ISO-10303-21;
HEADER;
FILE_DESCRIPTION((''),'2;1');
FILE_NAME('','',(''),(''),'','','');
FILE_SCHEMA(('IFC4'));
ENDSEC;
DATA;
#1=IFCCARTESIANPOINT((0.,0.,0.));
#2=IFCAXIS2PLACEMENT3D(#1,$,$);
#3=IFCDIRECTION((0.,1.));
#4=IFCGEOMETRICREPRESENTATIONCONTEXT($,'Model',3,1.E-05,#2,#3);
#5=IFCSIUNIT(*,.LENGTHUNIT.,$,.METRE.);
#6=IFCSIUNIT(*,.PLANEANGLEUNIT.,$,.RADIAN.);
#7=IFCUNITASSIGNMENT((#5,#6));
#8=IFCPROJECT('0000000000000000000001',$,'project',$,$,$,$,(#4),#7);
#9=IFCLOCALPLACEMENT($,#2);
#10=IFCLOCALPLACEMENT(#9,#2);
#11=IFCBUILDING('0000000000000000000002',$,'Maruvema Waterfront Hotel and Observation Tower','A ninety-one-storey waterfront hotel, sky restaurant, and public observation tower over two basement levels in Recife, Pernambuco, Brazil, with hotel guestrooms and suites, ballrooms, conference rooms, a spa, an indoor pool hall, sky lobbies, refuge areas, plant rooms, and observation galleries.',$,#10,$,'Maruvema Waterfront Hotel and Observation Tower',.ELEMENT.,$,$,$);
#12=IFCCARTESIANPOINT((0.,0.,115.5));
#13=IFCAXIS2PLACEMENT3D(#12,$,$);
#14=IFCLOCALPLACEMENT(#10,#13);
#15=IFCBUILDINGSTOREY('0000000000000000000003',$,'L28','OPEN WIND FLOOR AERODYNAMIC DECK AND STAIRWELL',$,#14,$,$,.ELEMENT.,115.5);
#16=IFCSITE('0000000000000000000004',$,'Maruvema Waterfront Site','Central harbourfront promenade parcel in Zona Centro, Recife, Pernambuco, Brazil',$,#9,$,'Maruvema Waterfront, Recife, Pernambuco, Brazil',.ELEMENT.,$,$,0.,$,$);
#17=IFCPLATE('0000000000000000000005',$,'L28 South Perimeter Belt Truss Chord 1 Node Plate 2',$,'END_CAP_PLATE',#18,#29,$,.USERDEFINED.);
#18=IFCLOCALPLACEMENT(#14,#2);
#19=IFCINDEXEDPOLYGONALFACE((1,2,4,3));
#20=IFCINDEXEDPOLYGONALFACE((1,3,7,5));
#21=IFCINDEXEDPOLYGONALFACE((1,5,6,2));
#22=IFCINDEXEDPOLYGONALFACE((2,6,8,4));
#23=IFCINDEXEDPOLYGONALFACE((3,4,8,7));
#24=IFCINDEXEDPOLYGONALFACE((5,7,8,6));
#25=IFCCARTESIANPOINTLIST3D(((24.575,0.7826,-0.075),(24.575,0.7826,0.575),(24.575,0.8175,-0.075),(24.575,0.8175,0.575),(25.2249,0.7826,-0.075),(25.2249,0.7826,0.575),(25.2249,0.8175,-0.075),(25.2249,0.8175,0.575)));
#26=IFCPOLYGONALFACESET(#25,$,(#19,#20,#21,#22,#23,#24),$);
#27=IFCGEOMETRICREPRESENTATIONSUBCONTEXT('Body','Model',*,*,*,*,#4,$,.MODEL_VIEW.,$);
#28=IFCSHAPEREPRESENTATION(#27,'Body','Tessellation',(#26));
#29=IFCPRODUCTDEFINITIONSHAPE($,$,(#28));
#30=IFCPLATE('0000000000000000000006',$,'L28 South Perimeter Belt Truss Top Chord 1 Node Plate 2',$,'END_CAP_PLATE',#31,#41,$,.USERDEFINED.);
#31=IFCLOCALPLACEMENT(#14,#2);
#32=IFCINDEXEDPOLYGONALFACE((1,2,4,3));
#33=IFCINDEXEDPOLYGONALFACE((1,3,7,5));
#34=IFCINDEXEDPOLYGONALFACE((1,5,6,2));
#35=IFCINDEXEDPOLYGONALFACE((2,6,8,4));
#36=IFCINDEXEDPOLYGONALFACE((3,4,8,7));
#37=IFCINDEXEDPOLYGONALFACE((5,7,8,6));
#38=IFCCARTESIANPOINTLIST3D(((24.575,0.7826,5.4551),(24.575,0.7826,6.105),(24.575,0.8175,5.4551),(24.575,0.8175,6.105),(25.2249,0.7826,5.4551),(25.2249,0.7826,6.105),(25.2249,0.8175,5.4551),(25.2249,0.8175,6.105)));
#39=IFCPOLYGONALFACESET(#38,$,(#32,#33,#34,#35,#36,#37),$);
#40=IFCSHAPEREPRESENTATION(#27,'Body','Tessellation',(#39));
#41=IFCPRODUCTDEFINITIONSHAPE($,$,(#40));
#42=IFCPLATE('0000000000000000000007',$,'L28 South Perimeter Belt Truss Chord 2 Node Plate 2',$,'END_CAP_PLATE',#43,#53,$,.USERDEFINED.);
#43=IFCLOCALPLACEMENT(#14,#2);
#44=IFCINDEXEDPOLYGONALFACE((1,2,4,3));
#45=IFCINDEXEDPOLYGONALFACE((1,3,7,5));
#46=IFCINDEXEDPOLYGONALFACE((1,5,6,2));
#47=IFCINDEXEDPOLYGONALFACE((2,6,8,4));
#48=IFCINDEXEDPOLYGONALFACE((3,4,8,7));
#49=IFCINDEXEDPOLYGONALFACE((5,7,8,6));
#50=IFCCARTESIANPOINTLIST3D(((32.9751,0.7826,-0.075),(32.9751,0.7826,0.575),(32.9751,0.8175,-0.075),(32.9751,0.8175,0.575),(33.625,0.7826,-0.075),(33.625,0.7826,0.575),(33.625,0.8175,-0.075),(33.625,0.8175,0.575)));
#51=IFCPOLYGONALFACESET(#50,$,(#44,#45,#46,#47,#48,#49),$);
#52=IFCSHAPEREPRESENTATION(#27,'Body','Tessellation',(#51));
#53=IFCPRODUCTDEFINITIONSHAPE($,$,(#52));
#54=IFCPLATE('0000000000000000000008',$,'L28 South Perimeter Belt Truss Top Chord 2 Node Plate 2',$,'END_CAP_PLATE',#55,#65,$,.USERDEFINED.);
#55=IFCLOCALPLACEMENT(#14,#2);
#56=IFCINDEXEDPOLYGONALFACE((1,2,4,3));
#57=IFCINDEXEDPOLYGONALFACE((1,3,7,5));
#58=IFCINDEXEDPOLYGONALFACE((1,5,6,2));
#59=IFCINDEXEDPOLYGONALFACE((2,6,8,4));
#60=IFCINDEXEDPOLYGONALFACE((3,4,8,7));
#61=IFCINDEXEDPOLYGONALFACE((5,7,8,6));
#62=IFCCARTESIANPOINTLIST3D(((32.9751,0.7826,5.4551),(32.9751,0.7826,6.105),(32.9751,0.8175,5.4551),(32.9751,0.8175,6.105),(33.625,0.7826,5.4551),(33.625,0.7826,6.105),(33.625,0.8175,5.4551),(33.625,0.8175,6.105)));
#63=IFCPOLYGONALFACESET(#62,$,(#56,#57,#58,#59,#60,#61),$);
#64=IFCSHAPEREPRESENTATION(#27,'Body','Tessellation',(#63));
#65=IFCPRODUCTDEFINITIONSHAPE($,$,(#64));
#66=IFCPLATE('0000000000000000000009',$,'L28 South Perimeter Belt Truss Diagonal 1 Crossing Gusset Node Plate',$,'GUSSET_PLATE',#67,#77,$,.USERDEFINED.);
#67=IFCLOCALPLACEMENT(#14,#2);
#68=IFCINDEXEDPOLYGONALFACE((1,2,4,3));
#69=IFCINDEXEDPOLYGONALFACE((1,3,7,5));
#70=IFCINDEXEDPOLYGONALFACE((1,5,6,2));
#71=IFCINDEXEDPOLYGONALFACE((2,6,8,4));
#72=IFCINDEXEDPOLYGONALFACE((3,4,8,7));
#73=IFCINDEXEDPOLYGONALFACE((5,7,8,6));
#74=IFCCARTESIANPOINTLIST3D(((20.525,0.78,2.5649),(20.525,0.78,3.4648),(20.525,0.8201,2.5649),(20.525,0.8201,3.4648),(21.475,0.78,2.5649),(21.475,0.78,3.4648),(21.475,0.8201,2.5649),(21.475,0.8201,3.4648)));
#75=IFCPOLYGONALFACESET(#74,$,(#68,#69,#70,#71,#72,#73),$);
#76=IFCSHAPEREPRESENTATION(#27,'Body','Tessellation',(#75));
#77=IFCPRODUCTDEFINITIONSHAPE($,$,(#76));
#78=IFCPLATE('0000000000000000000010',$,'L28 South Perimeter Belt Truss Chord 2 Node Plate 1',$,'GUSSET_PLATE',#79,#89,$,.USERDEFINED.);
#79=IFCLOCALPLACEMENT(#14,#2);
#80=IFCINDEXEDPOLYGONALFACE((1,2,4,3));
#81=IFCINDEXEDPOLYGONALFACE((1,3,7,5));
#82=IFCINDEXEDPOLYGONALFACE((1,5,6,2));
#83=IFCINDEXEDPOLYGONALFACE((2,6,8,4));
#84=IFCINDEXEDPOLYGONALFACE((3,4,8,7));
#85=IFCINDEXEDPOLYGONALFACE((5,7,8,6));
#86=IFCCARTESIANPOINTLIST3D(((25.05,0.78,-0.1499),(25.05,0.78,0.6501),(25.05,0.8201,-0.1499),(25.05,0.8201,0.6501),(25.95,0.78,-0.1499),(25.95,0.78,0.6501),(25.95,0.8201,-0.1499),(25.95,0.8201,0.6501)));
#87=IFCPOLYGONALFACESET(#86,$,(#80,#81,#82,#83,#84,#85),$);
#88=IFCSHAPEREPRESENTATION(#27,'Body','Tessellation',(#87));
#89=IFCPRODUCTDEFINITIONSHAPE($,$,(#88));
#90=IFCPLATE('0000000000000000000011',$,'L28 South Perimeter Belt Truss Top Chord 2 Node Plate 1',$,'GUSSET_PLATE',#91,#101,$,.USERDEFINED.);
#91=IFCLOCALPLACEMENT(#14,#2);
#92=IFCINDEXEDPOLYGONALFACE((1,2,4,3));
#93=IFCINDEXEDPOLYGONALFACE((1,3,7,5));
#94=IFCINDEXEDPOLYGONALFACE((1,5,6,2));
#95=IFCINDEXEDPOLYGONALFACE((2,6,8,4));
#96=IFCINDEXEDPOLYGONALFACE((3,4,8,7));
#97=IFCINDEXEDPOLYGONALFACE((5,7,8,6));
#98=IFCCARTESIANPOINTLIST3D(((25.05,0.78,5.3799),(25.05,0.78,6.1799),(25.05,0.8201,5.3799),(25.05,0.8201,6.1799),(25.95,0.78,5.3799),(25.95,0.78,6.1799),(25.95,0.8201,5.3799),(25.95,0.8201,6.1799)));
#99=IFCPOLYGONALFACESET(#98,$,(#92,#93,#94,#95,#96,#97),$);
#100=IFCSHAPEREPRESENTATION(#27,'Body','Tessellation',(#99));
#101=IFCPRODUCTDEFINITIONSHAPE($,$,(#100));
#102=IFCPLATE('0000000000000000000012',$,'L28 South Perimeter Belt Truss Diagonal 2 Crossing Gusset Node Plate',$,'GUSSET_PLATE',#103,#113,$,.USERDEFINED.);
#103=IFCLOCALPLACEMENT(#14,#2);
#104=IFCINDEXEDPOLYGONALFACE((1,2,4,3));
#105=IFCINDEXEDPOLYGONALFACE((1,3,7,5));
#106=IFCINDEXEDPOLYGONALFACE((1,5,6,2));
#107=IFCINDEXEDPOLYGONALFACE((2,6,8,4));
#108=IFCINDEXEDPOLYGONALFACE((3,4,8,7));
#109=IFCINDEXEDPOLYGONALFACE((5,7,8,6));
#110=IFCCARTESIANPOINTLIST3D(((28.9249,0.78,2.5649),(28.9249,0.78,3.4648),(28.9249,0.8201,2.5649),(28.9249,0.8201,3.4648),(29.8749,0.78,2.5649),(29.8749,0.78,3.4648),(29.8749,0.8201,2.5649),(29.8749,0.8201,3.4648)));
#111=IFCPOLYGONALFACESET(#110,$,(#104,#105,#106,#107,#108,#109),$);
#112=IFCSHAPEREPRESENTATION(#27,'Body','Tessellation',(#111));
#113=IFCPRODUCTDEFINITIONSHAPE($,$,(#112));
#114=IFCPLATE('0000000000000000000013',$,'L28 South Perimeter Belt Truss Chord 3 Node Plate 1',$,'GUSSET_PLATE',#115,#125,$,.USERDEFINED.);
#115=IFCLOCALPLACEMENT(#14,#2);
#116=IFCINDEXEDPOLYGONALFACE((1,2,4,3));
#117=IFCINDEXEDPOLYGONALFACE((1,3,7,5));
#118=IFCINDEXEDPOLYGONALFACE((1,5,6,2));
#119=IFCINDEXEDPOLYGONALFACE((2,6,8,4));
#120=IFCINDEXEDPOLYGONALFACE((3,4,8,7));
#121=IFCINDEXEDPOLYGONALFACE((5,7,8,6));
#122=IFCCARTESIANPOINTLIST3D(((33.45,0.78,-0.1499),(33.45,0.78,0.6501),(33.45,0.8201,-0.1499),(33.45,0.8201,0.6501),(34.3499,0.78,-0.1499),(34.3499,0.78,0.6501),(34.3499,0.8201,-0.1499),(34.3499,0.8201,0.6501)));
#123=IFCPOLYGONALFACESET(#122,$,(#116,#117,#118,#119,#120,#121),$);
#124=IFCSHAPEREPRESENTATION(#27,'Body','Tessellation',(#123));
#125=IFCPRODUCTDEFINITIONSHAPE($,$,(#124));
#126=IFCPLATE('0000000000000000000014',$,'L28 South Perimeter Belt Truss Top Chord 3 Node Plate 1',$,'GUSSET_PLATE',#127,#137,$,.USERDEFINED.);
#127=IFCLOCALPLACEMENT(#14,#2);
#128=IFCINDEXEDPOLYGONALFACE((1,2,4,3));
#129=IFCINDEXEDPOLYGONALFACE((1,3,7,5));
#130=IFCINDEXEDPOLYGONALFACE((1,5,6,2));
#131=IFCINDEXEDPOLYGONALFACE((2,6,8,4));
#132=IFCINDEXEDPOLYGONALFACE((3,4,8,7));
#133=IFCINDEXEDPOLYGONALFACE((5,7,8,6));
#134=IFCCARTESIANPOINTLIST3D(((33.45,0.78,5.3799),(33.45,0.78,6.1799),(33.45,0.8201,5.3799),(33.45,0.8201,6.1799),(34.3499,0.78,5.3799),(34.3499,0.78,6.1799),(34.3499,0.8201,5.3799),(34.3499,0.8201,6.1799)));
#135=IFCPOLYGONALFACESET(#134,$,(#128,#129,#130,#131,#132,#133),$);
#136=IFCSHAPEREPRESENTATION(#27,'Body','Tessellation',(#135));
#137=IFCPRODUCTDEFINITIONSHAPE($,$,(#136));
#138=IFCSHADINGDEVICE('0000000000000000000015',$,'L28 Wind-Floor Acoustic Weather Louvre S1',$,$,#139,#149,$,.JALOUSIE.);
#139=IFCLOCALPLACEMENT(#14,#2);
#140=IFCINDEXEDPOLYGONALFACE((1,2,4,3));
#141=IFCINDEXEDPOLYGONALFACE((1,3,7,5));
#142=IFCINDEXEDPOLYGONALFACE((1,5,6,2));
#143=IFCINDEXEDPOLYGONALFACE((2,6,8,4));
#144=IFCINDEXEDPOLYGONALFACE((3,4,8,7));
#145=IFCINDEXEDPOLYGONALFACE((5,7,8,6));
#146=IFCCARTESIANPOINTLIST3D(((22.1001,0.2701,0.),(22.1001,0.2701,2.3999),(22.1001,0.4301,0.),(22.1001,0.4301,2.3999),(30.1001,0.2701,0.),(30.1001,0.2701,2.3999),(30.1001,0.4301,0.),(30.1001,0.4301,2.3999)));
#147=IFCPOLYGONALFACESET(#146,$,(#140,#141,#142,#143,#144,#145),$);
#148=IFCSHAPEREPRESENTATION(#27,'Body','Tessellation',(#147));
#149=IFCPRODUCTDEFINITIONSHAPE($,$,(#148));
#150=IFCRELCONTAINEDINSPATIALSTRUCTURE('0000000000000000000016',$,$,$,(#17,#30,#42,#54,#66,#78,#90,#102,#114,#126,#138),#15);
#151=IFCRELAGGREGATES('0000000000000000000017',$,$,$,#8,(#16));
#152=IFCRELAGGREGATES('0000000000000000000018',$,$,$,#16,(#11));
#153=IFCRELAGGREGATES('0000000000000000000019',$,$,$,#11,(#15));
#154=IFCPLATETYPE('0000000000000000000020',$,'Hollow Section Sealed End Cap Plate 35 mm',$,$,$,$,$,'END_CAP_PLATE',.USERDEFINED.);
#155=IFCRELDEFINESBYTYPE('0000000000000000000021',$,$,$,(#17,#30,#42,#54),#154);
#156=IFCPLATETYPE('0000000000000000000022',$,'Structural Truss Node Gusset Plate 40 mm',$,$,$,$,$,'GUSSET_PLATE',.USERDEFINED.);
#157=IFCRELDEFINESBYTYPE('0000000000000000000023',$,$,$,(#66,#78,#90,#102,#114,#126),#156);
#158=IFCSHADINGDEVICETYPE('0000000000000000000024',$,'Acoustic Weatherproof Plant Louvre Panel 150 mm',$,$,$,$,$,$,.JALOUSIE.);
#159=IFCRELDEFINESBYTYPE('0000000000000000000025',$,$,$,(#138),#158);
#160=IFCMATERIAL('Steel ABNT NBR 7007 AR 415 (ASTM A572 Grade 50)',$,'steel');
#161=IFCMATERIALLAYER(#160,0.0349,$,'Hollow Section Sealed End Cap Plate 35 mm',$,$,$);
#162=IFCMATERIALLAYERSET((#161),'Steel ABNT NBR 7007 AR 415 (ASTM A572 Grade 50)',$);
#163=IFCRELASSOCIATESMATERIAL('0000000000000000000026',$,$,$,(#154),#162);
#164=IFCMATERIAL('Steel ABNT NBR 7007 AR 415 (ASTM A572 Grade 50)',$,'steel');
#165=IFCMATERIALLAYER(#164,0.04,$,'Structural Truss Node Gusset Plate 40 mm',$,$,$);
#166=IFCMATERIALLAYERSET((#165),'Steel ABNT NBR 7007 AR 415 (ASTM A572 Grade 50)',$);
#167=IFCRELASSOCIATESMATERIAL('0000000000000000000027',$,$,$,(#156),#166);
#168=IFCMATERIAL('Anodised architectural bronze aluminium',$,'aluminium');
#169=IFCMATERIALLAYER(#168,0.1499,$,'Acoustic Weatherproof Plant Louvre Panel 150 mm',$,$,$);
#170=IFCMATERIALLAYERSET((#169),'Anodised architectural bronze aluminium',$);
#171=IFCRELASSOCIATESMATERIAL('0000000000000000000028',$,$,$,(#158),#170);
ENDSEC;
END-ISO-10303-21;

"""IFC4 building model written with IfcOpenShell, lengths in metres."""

from ifc_helpers import new_model, si_unit, direction, frame, origin, origin_2d, place, context, subcontext, project, spatial, rectangle, extrude, material, layer, layer_set, type_object, element, save


model = new_model("IFC4")

# Units and contexts
model_context = context("Model", 3, precision=1e-05, world=origin(), true_north=direction((0.0, 1.0)))
body_context = subcontext(model_context, "Body", "Model", "MODEL_VIEW")
ifc_project = project(units=[si_unit("LENGTHUNIT", "METRE"), si_unit("PLANEANGLEUNIT", "RADIAN")], contexts=[model_context])

# Site, building, storey
site_placement = place(None, origin())
site = spatial("IfcSite", under=ifc_project, at=site_placement, Name="Maruvema Waterfront Site", Description="Central harbourfront promenade parcel in Zona Centro, Recife, Pernambuco, Brazil", LongName="Maruvema Waterfront, Recife, Pernambuco, Brazil", CompositionType="ELEMENT", RefElevation=0.0)
building_placement = place(site_placement, origin())
building = spatial("IfcBuilding", under=site, at=building_placement, Name="Maruvema Waterfront Hotel and Observation Tower", Description="A ninety-one-storey waterfront hotel, sky restaurant, and public observation tower over two basement levels in Recife, Pernambuco, Brazil, with hotel guestrooms and suites, ballrooms, conference rooms, a spa, an indoor pool hall, sky lobbies, refuge areas, plant rooms, and observation galleries.", LongName="Maruvema Waterfront Hotel and Observation Tower", CompositionType="ELEMENT")
storey_placement = place(building_placement, frame((0.0, 0.0, 115.5)))
storey = spatial("IfcBuildingStorey", under=building, at=storey_placement, Name="L28", Description="OPEN WIND FLOOR AERODYNAMIC DECK AND STAIRWELL", CompositionType="ELEMENT", Elevation=115.5)

# Plates
ifc_material_1 = material(Name="Steel ABNT NBR 7007 AR 415 (ASTM A572 Grade 50)", Category="steel")
ifc_layer_1 = layer(ifc_material_1, 0.0349, Name="Hollow Section Sealed End Cap Plate 35 mm")
ifc_layer_set_1 = layer_set([ifc_layer_1], Name="Steel ABNT NBR 7007 AR 415 (ASTM A572 Grade 50)")
plate_type_1 = type_object("IfcPlateType", Name="Hollow Section Sealed End Cap Plate 35 mm", ElementType="END_CAP_PLATE", PredefinedType="USERDEFINED", material=ifc_layer_set_1)
for number, where, z_axis, x_axis, name in (
    (1, (24.8999, 0.8, -0.075), (0.0, 0.0, 1.0), (1.0, 0.0, 0.0), "L28 South Perimeter Belt Truss Chord 1 Node Plate 2"),
    (2, (24.8999, 0.8, 5.4551), (0.0, 0.0, 1.0), (1.0, 0.0, 0.0), "L28 South Perimeter Belt Truss Top Chord 1 Node Plate 2"),
    (3, (33.3, 0.8, -0.075), (0.0, 0.0, 1.0), (1.0, 0.0, 0.0), "L28 South Perimeter Belt Truss Chord 2 Node Plate 2"),
    (4, (33.3, 0.8, 5.4551), (0.0, 0.0, 1.0), (1.0, 0.0, 0.0), "L28 South Perimeter Belt Truss Top Chord 2 Node Plate 2"),
):
    element("IfcPlate", number, at=place(storey_placement, frame(where, z_axis=z_axis, x_axis=x_axis)), inside=storey, type_object=plate_type_1, Name=name, ObjectType="END_CAP_PLATE", PredefinedType="USERDEFINED", context=body_context, shape_type="SweptSolid", body=[
        extrude(rectangle(XDim=0.6499, YDim=0.0349, at=origin_2d()), origin(), (0.0, 0.0, 1.0), 0.6499),
    ])
ifc_material_2 = material(Name="Steel ABNT NBR 7007 AR 415 (ASTM A572 Grade 50)", Category="steel")
ifc_layer_2 = layer(ifc_material_2, 0.04, Name="Structural Truss Node Gusset Plate 40 mm")
ifc_layer_set_2 = layer_set([ifc_layer_2], Name="Steel ABNT NBR 7007 AR 415 (ASTM A572 Grade 50)")
plate_type_2 = type_object("IfcPlateType", Name="Structural Truss Node Gusset Plate 40 mm", ElementType="GUSSET_PLATE", PredefinedType="USERDEFINED", material=ifc_layer_set_2)
plate_1_placement = place(storey_placement, frame((21.0, 0.8, 2.5649), z_axis=(0.0, 0.0, 1.0), x_axis=(-1.0, 0.0, 0.0)))
element("IfcPlate", 5, at=plate_1_placement, inside=storey, type_object=plate_type_2, Name="L28 South Perimeter Belt Truss Diagonal 1 Crossing Gusset Node Plate", ObjectType="GUSSET_PLATE", PredefinedType="USERDEFINED", context=body_context, shape_type="SweptSolid", body=[
    extrude(rectangle(XDim=0.95, YDim=0.04, at=origin_2d()), origin(), (0.0, 0.0, 1.0), 0.8999),
])
for number, where, z_axis, x_axis, name in (
    (6, (25.5, 0.8, -0.1499), (0.0, 0.0, 1.0), (1.0, 0.0, 0.0), "L28 South Perimeter Belt Truss Chord 2 Node Plate 1"),
    (7, (25.5, 0.8, 5.3799), (0.0, 0.0, 1.0), (1.0, 0.0, 0.0), "L28 South Perimeter Belt Truss Top Chord 2 Node Plate 1"),
):
    element("IfcPlate", number, at=place(storey_placement, frame(where, z_axis=z_axis, x_axis=x_axis)), inside=storey, type_object=plate_type_2, Name=name, ObjectType="GUSSET_PLATE", PredefinedType="USERDEFINED", context=body_context, shape_type="SweptSolid", body=[
        extrude(rectangle(XDim=0.8999, YDim=0.04, at=origin_2d()), origin(), (0.0, 0.0, 1.0), 0.8),
    ])
plate_2_placement = place(storey_placement, frame((29.3999, 0.8, 2.5649), z_axis=(0.0, 0.0, 1.0), x_axis=(-1.0, 0.0, 0.0)))
element("IfcPlate", 8, at=plate_2_placement, inside=storey, type_object=plate_type_2, Name="L28 South Perimeter Belt Truss Diagonal 2 Crossing Gusset Node Plate", ObjectType="GUSSET_PLATE", PredefinedType="USERDEFINED", context=body_context, shape_type="SweptSolid", body=[
    extrude(rectangle(XDim=0.95, YDim=0.04, at=origin_2d()), origin(), (0.0, 0.0, 1.0), 0.8999),
])
for number, where, z_axis, x_axis, name in (
    (9, (33.8999, 0.8, -0.1499), (0.0, 0.0, 1.0), (1.0, 0.0, 0.0), "L28 South Perimeter Belt Truss Chord 3 Node Plate 1"),
    (10, (33.8999, 0.8, 5.3799), (0.0, 0.0, 1.0), (1.0, 0.0, 0.0), "L28 South Perimeter Belt Truss Top Chord 3 Node Plate 1"),
):
    element("IfcPlate", number, at=place(storey_placement, frame(where, z_axis=z_axis, x_axis=x_axis)), inside=storey, type_object=plate_type_2, Name=name, ObjectType="GUSSET_PLATE", PredefinedType="USERDEFINED", context=body_context, shape_type="SweptSolid", body=[
        extrude(rectangle(XDim=0.8999, YDim=0.04, at=origin_2d()), origin(), (0.0, 0.0, 1.0), 0.8),
    ])

# Shading device
ifc_material_3 = material(Name="Anodised architectural bronze aluminium", Category="aluminium")
ifc_layer_3 = layer(ifc_material_3, 0.1499, Name="Acoustic Weatherproof Plant Louvre Panel 150 mm")
ifc_layer_set_3 = layer_set([ifc_layer_3], Name="Anodised architectural bronze aluminium")
shading_device_type = type_object("IfcShadingDeviceType", Name="Acoustic Weatherproof Plant Louvre Panel 150 mm", PredefinedType="JALOUSIE", material=ifc_layer_set_3)
shading_device_placement = place(storey_placement, frame((26.1001, 0.3501, 0.0), z_axis=(0.0, 0.0, 1.0), x_axis=(1.0, 0.0, 0.0)))
element("IfcShadingDevice", 11, at=shading_device_placement, inside=storey, type_object=shading_device_type, Name="L28 Wind-Floor Acoustic Weather Louvre S1", PredefinedType="JALOUSIE", context=body_context, shape_type="SweptSolid", body=[
    extrude(rectangle(XDim=8.0, YDim=0.1599, at=origin_2d()), origin(), (0.0, 0.0, 1.0), 2.3999),
])

save(model, "model.ifc")
